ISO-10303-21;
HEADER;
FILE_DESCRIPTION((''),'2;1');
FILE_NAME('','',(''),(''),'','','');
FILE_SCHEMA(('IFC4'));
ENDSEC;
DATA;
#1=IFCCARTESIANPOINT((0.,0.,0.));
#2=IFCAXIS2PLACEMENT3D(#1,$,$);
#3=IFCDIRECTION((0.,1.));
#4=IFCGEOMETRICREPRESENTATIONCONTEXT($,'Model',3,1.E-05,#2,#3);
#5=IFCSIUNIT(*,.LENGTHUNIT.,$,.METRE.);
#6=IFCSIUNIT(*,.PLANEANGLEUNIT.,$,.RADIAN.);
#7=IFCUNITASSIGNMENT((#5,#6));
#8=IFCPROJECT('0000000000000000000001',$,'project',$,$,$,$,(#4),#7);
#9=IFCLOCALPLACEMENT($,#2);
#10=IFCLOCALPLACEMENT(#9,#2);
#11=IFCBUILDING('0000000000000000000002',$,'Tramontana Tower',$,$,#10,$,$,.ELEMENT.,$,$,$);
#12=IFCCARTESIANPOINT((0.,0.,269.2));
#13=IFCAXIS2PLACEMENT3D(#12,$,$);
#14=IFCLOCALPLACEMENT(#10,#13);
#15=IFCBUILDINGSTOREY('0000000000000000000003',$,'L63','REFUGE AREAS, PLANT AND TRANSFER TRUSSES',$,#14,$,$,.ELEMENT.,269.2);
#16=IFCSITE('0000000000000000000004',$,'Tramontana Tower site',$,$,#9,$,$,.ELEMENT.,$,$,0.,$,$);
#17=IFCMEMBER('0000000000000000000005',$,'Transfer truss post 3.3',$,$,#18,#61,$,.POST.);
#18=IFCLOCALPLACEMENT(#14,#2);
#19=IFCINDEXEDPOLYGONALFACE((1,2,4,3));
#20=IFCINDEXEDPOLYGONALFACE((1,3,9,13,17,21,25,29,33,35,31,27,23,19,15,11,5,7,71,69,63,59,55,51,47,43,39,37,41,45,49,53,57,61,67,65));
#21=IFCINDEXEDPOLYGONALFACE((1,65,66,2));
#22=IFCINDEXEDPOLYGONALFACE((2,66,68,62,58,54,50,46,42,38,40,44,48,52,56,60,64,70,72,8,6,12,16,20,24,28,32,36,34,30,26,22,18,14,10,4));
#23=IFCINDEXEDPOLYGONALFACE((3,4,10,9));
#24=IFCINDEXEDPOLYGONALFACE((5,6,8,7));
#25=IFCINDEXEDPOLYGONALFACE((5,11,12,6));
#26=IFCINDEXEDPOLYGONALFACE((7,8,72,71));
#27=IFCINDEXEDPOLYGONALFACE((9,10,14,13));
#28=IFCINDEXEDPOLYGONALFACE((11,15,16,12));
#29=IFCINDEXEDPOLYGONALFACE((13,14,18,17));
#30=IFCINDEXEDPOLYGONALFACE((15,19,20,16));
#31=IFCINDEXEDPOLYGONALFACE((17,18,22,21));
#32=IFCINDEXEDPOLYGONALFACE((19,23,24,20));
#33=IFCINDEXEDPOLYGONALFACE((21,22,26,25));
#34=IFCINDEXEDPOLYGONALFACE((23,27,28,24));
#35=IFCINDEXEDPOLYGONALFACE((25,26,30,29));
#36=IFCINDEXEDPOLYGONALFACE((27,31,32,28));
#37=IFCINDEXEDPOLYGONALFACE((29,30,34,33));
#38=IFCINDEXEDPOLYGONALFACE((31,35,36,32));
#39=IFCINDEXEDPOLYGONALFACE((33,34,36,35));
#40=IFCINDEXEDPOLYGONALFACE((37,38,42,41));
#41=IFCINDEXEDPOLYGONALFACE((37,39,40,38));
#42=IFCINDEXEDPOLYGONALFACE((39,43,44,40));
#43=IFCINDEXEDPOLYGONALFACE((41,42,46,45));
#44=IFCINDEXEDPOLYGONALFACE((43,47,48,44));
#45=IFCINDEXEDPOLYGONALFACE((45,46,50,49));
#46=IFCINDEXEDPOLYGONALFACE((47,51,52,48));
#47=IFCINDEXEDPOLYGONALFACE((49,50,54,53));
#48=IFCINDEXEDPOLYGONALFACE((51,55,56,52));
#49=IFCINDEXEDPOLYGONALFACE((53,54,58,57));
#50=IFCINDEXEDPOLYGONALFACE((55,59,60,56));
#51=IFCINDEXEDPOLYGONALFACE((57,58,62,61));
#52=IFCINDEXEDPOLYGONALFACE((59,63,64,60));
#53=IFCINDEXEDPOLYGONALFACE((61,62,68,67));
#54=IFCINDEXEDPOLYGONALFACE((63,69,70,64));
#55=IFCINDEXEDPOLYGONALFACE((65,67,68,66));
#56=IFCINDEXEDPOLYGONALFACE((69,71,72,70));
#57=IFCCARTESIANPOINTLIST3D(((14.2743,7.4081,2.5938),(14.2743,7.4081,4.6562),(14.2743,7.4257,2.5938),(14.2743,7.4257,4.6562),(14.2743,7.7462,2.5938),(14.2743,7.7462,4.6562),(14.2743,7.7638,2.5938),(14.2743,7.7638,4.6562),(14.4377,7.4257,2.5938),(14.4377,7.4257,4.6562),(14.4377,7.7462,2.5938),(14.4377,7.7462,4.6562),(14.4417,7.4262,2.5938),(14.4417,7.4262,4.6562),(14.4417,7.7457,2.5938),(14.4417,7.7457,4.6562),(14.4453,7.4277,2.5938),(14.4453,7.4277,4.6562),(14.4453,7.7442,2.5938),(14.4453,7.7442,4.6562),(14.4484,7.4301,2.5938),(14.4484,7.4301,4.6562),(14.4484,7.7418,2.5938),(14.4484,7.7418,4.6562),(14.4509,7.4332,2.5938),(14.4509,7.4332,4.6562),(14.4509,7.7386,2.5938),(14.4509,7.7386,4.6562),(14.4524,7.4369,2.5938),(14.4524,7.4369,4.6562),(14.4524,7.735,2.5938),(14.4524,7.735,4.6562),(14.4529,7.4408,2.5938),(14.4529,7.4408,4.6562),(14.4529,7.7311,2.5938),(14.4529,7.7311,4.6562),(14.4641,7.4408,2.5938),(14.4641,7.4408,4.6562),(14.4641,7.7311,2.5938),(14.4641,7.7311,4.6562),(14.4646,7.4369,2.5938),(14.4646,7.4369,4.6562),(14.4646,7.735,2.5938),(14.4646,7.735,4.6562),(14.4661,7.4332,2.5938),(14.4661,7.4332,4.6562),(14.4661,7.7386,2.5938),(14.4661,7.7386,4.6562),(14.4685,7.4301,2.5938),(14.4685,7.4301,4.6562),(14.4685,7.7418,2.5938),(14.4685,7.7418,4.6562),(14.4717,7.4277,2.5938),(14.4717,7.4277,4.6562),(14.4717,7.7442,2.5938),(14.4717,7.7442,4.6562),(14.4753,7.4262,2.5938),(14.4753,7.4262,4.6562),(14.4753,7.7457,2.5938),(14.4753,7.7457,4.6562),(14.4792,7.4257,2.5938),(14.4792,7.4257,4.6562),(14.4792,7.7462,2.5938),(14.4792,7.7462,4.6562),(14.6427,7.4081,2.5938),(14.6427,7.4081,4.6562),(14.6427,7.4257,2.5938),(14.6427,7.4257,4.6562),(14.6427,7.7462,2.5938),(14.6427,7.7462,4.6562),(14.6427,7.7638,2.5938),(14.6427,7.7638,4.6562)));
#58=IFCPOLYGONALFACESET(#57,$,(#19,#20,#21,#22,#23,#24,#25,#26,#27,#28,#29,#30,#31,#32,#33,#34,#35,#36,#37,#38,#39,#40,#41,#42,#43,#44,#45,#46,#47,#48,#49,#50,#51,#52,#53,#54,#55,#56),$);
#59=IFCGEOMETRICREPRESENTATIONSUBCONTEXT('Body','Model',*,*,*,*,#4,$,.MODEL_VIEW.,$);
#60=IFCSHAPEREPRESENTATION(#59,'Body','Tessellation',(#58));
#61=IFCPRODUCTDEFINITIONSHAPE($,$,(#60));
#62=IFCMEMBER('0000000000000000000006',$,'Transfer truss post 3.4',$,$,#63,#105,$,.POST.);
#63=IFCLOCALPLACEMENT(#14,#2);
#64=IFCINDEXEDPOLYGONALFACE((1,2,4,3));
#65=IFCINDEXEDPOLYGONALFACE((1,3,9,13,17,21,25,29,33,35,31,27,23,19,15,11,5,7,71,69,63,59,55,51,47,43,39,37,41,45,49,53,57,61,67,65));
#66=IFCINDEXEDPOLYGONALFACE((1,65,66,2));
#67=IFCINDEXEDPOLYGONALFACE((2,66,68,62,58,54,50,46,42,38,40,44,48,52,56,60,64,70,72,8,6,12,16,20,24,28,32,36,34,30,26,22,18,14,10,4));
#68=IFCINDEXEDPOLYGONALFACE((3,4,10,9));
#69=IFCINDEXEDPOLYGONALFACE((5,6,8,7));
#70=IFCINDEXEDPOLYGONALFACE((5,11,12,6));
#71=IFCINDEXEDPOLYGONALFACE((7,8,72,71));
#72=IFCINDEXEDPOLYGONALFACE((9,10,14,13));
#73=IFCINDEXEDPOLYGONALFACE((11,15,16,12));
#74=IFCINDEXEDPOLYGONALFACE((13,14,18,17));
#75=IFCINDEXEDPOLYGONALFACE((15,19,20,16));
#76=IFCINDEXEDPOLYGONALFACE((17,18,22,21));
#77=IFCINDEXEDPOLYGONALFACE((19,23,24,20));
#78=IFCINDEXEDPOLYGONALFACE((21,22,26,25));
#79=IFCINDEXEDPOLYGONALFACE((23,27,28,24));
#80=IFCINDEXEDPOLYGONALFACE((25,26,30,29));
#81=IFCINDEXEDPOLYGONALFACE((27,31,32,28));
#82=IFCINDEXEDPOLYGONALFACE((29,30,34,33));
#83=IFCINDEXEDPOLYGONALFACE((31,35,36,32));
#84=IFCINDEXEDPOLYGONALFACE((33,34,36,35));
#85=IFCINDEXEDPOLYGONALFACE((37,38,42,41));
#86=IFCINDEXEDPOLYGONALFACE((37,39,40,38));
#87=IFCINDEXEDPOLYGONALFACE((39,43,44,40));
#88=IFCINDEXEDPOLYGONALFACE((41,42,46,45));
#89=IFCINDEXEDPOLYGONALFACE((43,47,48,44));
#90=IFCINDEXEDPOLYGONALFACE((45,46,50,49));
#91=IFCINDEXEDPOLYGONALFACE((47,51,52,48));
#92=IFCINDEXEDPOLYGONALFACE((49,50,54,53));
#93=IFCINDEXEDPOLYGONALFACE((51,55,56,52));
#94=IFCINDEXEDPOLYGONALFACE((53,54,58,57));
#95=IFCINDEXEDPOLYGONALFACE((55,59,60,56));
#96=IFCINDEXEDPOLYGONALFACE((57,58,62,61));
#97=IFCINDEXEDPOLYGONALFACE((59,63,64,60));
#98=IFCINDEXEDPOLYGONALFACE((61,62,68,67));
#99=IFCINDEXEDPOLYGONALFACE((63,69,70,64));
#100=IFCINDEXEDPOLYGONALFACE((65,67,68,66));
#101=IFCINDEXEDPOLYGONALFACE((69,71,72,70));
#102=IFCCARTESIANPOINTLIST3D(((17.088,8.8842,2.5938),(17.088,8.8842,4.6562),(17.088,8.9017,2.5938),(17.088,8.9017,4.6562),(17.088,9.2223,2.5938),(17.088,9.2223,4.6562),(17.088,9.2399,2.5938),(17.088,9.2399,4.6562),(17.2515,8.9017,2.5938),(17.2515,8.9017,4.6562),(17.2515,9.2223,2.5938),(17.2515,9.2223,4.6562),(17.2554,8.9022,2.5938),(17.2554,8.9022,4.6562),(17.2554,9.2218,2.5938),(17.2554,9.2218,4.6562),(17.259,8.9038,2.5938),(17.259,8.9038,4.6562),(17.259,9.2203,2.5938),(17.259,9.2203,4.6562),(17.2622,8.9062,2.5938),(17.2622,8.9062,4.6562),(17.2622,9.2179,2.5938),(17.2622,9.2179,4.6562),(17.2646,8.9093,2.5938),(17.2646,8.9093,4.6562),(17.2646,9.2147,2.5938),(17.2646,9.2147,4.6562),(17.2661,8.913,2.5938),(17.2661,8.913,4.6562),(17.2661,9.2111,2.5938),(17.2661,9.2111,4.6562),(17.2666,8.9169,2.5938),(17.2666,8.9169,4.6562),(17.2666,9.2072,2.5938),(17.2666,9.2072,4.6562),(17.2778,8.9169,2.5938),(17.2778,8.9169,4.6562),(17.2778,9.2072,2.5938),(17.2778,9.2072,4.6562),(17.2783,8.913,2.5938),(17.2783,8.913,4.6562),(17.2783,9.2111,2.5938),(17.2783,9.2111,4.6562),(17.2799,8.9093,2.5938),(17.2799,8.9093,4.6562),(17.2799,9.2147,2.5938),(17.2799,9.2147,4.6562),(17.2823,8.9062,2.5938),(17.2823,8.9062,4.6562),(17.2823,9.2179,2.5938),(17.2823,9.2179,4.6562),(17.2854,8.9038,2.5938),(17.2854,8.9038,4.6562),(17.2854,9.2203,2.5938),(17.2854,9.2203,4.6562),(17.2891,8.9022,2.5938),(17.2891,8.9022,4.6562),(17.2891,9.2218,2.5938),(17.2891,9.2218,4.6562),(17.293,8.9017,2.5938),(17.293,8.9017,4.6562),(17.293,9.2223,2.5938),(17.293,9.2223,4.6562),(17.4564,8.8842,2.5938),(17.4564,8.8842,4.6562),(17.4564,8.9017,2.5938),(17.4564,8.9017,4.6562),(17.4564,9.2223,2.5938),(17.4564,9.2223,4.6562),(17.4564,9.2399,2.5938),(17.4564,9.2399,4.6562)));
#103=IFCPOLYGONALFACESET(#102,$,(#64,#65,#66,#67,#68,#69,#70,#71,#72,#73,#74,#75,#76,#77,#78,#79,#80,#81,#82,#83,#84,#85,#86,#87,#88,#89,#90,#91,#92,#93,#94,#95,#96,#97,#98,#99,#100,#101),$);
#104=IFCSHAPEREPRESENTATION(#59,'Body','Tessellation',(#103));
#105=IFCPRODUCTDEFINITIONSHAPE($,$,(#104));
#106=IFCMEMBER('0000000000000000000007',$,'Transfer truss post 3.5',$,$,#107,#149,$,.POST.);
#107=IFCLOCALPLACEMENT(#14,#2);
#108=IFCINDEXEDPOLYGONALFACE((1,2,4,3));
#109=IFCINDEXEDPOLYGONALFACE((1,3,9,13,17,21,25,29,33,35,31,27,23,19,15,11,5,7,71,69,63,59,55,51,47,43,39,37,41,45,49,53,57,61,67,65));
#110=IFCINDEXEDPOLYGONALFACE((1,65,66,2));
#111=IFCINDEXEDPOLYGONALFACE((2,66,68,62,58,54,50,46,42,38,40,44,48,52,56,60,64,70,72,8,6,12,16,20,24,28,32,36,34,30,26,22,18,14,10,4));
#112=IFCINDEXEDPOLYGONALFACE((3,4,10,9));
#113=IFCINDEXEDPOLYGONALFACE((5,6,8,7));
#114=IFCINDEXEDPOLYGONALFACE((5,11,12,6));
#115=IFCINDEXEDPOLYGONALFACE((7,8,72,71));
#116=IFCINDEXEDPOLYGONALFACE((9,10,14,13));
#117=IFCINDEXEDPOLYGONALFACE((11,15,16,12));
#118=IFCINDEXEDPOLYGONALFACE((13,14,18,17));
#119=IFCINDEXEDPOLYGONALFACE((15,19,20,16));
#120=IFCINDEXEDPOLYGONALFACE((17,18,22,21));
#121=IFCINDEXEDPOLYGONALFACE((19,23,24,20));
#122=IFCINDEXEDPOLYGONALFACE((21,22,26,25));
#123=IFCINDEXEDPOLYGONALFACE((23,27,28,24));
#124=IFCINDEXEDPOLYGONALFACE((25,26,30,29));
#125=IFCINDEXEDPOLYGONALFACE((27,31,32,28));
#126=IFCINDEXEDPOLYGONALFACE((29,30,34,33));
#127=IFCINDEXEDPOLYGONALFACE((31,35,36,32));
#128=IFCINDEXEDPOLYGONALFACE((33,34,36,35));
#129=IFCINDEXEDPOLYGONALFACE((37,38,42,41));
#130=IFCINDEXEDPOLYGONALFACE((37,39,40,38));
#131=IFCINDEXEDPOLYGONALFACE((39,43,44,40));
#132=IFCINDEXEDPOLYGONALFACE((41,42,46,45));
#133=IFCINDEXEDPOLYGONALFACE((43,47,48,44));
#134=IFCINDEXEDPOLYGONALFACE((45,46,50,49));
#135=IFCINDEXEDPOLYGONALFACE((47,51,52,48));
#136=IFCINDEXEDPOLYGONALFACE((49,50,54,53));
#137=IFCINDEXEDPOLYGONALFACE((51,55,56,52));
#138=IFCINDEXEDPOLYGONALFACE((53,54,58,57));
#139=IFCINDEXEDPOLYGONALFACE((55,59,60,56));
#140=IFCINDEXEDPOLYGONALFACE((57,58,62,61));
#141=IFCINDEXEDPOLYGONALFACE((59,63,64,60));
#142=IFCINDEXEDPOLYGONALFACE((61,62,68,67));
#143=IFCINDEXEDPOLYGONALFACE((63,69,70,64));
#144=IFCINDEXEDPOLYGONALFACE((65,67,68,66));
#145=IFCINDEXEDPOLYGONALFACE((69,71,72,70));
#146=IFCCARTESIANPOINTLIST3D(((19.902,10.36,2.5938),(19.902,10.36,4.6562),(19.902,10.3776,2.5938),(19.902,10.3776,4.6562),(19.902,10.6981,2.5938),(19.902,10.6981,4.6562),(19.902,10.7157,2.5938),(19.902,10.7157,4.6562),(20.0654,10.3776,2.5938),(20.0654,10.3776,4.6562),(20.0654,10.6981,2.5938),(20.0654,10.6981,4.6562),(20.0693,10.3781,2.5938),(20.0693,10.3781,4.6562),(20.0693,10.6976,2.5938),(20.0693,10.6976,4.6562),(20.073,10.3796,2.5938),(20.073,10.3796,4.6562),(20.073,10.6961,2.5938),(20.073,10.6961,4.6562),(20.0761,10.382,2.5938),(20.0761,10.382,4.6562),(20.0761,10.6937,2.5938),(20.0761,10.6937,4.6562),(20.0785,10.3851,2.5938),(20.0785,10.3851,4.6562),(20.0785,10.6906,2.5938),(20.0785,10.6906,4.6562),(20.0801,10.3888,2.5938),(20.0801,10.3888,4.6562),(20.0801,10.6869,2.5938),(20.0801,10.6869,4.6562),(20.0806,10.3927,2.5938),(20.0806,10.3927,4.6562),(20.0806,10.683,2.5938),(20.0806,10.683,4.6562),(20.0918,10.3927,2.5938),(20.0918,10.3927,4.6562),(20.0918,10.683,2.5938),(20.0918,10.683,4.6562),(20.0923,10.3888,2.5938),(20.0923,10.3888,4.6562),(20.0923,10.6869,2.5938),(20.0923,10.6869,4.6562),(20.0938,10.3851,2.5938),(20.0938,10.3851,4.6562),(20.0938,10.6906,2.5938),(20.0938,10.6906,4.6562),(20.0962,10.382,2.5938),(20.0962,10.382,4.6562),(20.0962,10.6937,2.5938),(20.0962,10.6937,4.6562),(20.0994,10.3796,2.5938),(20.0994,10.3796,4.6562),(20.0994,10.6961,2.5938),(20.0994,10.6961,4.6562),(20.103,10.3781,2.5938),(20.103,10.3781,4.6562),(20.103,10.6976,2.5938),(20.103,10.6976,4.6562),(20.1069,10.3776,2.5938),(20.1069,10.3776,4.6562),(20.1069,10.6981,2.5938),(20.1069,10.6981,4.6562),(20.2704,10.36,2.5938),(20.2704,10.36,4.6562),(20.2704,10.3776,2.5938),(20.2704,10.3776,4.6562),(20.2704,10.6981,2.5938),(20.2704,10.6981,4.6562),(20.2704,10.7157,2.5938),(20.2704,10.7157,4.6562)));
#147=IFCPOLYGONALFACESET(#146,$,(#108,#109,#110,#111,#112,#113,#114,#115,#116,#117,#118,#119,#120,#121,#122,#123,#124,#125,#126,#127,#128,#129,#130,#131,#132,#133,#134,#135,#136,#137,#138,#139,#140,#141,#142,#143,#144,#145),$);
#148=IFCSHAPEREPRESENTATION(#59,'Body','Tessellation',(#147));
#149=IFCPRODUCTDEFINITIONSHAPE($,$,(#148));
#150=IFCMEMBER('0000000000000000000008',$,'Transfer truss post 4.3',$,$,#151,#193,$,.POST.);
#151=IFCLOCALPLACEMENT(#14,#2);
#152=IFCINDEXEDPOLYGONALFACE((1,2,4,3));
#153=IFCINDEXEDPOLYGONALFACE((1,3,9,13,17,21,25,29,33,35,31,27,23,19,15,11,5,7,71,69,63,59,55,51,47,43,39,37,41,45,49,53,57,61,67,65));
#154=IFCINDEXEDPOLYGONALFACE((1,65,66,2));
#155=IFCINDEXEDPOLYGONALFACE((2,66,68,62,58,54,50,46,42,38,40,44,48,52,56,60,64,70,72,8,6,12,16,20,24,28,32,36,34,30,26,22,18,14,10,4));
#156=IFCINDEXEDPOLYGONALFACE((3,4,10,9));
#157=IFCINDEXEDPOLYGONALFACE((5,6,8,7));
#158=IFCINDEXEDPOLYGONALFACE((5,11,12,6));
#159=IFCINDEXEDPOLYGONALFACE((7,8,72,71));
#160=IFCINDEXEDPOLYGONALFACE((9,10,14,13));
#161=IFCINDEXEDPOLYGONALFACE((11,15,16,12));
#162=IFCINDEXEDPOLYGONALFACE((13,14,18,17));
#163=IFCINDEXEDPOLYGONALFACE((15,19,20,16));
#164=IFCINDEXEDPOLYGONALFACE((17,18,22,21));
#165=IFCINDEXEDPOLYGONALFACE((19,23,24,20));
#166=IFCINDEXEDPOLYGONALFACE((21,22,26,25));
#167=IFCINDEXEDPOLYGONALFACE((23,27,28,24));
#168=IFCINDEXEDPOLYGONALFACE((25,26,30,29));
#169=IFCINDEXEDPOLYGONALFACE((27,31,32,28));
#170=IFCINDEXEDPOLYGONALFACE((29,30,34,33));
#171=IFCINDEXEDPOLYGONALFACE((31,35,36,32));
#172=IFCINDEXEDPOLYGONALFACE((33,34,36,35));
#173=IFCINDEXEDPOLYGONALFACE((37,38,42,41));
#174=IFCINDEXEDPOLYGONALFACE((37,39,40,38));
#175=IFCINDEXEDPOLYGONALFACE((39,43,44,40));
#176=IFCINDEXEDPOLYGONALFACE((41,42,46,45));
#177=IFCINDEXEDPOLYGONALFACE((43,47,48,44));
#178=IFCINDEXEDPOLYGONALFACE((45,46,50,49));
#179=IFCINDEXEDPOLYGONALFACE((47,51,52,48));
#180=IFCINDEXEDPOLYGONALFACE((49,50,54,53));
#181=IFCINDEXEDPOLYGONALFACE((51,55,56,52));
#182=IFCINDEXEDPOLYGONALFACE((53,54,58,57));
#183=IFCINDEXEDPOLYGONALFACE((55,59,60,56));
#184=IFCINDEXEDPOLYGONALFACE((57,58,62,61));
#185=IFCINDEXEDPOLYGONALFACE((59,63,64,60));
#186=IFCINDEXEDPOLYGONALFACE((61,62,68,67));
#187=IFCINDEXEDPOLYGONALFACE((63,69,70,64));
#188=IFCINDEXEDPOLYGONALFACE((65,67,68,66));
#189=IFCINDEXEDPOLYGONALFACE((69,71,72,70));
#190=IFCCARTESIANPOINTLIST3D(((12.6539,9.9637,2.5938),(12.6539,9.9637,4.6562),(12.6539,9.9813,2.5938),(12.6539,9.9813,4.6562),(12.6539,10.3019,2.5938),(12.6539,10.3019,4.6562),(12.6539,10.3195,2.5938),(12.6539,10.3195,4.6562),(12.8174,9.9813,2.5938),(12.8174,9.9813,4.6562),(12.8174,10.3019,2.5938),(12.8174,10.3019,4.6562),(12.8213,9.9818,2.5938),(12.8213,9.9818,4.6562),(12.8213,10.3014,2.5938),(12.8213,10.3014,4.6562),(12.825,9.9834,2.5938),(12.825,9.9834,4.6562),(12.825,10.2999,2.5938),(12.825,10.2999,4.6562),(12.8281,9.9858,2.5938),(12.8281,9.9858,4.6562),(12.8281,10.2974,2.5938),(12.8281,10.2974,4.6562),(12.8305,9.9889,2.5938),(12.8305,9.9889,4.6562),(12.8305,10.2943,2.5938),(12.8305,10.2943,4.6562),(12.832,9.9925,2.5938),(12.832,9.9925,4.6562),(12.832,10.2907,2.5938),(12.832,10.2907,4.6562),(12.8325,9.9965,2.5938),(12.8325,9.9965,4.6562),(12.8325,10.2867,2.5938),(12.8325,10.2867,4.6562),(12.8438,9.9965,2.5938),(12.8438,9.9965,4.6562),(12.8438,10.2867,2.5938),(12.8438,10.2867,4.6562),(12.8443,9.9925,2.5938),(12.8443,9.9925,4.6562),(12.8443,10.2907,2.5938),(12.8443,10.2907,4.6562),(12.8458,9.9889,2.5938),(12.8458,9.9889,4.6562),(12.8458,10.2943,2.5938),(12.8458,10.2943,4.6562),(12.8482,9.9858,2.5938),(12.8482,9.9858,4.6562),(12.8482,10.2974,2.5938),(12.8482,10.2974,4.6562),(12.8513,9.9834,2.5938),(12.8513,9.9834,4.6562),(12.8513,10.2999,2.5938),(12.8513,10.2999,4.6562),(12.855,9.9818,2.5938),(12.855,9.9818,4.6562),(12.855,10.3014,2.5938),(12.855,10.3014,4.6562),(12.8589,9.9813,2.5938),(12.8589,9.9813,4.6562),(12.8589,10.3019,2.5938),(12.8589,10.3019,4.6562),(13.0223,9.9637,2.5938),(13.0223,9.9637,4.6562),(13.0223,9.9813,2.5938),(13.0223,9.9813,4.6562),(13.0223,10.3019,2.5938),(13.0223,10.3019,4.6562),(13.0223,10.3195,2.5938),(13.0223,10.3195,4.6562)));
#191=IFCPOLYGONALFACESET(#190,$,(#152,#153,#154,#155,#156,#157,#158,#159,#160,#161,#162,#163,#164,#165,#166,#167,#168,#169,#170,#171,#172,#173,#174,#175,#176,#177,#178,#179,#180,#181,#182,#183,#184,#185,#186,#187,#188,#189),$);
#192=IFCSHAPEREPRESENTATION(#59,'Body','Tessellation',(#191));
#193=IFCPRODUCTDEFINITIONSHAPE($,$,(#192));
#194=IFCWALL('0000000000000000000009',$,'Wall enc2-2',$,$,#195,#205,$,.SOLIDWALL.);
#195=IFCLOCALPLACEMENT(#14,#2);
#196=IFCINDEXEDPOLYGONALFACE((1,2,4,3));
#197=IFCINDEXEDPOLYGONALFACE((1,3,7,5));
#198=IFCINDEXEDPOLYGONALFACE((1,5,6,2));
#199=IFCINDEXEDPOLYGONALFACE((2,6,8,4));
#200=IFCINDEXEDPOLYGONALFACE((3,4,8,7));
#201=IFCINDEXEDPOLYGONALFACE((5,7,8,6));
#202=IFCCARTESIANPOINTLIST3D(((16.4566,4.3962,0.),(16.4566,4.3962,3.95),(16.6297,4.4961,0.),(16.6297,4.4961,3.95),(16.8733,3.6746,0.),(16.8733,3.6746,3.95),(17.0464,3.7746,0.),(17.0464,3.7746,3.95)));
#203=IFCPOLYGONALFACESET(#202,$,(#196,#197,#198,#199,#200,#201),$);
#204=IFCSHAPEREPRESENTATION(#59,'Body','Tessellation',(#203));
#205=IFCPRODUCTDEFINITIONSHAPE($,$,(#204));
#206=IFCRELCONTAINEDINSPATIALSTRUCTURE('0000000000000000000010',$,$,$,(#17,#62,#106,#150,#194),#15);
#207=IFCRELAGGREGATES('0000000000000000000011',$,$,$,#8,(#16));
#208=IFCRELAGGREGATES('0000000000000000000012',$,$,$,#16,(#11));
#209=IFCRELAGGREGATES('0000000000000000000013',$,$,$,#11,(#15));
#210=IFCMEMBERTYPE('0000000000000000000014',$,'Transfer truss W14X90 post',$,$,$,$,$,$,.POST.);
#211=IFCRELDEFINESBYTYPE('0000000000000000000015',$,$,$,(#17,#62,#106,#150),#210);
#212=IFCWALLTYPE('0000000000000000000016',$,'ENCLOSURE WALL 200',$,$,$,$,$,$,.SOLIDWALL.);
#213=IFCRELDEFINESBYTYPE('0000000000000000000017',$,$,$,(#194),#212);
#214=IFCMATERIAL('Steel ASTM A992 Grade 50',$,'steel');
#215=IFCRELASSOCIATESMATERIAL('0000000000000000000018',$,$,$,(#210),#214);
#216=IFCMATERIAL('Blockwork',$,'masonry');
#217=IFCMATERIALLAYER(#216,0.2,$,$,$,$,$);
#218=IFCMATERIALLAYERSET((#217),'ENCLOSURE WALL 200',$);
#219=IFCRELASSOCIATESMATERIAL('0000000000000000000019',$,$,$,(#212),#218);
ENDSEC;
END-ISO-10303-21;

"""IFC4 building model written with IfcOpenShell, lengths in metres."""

from ifc_helpers import new_model, si_unit, direction, frame, frame_2d, origin, origin_2d, place, context, subcontext, project, spatial, rectangle, i_section, extrude, material, layer, layer_set, material_profile, profile_set, type_object, element, save


model = new_model("IFC4")

# Units and contexts
model_context = context("Model", 3, precision=1e-05, world=origin(), true_north=direction((0.0, 1.0)))
body_context = subcontext(model_context, "Body", "Model", "MODEL_VIEW")
ifc_project = project(units=[si_unit("LENGTHUNIT", "METRE"), si_unit("PLANEANGLEUNIT", "RADIAN")], contexts=[model_context])

# Site, building, storey
site_placement = place(None, origin())
site = spatial("IfcSite", under=ifc_project, at=site_placement, Name="Tramontana Tower site", CompositionType="ELEMENT", RefElevation=0.0)
building_placement = place(site_placement, origin())
building = spatial("IfcBuilding", under=site, at=building_placement, Name="Tramontana Tower", CompositionType="ELEMENT")
storey_placement = place(building_placement, frame((0.0, 0.0, 269.2)))
storey = spatial("IfcBuildingStorey", under=building, at=storey_placement, Name="L63", Description="REFUGE AREAS, PLANT AND TRANSFER TRUSSES", CompositionType="ELEMENT", Elevation=269.2)

# Members
ifc_material_1 = material(Name="Steel ASTM A992 Grade 50", Category="steel")
ifc_material_profile_1 = material_profile(ifc_material_1, i_section(OverallWidth=0.3684, OverallDepth=0.3557, WebThickness=0.0112, FlangeThickness=0.0176, FilletRadius=0.0151, at=origin_2d()), Name="W14X90")
ifc_profile_set_1 = profile_set([ifc_material_profile_1], Name="Steel ASTM A992 Grade 50")
member_type_1 = type_object("IfcMemberType", Name="Transfer truss W14X90 post", PredefinedType="POST", material=ifc_profile_set_1)
for number, where, z_axis, x_axis, name in (
    (1, (14.4585, 7.5859, 2.5938), (0.0, 0.0, 1.0), (1.0, 0.0, 0.0), "Transfer truss post 3.3"),
    (2, (17.2722, 9.062, 2.5938), (0.0, 0.0, 1.0), (1.0, 0.0, 0.0), "Transfer truss post 3.4"),
    (3, (20.0862, 10.5378, 2.5938), (0.0, 0.0, 1.0), (1.0, 0.0, 0.0), "Transfer truss post 3.5"),
    (4, (12.8381, 10.1416, 2.5938), (0.0, 0.0, 1.0), (1.0, 0.0, 0.0), "Transfer truss post 4.3"),
):
    element("IfcMember", number, at=place(storey_placement, frame(where, z_axis=z_axis, x_axis=x_axis)), inside=storey, type_object=member_type_1, Name=name, PredefinedType="POST", context=body_context, shape_type="SweptSolid", body=[
        extrude(i_section(OverallWidth=0.3684, OverallDepth=0.3557, WebThickness=0.0112, FlangeThickness=0.0176, FilletRadius=0.0151, at=origin_2d()), origin(), (0.0, 0.0, 1.0), 2.0625),
    ])

# Wall
ifc_material_2 = material(Name="Blockwork", Category="masonry")
ifc_layer_1 = layer(ifc_material_2, 0.2)
ifc_layer_set_1 = layer_set([ifc_layer_1], Name="ENCLOSURE WALL 200")
wall_type_1 = type_object("IfcWallType", Name="ENCLOSURE WALL 200", PredefinedType="SOLIDWALL", material=ifc_layer_set_1)
wall_1_placement = place(storey_placement, frame((16.5432, 4.446, 0.0), z_axis=(0.0, 0.0, 1.0), x_axis=(0.500077, -0.865981, 0.0)))
element("IfcWall", 5, at=wall_1_placement, inside=storey, type_object=wall_type_1, Name="Wall enc2-2", PredefinedType="SOLIDWALL", context=body_context, shape_type="SweptSolid", body=[
    extrude(rectangle(XDim=0.8333, YDim=0.2, at=frame_2d((0.4165, 0.0))), origin(), (0.0, 0.0, 1.0), 3.95),
])

save(model, "model.ifc")
